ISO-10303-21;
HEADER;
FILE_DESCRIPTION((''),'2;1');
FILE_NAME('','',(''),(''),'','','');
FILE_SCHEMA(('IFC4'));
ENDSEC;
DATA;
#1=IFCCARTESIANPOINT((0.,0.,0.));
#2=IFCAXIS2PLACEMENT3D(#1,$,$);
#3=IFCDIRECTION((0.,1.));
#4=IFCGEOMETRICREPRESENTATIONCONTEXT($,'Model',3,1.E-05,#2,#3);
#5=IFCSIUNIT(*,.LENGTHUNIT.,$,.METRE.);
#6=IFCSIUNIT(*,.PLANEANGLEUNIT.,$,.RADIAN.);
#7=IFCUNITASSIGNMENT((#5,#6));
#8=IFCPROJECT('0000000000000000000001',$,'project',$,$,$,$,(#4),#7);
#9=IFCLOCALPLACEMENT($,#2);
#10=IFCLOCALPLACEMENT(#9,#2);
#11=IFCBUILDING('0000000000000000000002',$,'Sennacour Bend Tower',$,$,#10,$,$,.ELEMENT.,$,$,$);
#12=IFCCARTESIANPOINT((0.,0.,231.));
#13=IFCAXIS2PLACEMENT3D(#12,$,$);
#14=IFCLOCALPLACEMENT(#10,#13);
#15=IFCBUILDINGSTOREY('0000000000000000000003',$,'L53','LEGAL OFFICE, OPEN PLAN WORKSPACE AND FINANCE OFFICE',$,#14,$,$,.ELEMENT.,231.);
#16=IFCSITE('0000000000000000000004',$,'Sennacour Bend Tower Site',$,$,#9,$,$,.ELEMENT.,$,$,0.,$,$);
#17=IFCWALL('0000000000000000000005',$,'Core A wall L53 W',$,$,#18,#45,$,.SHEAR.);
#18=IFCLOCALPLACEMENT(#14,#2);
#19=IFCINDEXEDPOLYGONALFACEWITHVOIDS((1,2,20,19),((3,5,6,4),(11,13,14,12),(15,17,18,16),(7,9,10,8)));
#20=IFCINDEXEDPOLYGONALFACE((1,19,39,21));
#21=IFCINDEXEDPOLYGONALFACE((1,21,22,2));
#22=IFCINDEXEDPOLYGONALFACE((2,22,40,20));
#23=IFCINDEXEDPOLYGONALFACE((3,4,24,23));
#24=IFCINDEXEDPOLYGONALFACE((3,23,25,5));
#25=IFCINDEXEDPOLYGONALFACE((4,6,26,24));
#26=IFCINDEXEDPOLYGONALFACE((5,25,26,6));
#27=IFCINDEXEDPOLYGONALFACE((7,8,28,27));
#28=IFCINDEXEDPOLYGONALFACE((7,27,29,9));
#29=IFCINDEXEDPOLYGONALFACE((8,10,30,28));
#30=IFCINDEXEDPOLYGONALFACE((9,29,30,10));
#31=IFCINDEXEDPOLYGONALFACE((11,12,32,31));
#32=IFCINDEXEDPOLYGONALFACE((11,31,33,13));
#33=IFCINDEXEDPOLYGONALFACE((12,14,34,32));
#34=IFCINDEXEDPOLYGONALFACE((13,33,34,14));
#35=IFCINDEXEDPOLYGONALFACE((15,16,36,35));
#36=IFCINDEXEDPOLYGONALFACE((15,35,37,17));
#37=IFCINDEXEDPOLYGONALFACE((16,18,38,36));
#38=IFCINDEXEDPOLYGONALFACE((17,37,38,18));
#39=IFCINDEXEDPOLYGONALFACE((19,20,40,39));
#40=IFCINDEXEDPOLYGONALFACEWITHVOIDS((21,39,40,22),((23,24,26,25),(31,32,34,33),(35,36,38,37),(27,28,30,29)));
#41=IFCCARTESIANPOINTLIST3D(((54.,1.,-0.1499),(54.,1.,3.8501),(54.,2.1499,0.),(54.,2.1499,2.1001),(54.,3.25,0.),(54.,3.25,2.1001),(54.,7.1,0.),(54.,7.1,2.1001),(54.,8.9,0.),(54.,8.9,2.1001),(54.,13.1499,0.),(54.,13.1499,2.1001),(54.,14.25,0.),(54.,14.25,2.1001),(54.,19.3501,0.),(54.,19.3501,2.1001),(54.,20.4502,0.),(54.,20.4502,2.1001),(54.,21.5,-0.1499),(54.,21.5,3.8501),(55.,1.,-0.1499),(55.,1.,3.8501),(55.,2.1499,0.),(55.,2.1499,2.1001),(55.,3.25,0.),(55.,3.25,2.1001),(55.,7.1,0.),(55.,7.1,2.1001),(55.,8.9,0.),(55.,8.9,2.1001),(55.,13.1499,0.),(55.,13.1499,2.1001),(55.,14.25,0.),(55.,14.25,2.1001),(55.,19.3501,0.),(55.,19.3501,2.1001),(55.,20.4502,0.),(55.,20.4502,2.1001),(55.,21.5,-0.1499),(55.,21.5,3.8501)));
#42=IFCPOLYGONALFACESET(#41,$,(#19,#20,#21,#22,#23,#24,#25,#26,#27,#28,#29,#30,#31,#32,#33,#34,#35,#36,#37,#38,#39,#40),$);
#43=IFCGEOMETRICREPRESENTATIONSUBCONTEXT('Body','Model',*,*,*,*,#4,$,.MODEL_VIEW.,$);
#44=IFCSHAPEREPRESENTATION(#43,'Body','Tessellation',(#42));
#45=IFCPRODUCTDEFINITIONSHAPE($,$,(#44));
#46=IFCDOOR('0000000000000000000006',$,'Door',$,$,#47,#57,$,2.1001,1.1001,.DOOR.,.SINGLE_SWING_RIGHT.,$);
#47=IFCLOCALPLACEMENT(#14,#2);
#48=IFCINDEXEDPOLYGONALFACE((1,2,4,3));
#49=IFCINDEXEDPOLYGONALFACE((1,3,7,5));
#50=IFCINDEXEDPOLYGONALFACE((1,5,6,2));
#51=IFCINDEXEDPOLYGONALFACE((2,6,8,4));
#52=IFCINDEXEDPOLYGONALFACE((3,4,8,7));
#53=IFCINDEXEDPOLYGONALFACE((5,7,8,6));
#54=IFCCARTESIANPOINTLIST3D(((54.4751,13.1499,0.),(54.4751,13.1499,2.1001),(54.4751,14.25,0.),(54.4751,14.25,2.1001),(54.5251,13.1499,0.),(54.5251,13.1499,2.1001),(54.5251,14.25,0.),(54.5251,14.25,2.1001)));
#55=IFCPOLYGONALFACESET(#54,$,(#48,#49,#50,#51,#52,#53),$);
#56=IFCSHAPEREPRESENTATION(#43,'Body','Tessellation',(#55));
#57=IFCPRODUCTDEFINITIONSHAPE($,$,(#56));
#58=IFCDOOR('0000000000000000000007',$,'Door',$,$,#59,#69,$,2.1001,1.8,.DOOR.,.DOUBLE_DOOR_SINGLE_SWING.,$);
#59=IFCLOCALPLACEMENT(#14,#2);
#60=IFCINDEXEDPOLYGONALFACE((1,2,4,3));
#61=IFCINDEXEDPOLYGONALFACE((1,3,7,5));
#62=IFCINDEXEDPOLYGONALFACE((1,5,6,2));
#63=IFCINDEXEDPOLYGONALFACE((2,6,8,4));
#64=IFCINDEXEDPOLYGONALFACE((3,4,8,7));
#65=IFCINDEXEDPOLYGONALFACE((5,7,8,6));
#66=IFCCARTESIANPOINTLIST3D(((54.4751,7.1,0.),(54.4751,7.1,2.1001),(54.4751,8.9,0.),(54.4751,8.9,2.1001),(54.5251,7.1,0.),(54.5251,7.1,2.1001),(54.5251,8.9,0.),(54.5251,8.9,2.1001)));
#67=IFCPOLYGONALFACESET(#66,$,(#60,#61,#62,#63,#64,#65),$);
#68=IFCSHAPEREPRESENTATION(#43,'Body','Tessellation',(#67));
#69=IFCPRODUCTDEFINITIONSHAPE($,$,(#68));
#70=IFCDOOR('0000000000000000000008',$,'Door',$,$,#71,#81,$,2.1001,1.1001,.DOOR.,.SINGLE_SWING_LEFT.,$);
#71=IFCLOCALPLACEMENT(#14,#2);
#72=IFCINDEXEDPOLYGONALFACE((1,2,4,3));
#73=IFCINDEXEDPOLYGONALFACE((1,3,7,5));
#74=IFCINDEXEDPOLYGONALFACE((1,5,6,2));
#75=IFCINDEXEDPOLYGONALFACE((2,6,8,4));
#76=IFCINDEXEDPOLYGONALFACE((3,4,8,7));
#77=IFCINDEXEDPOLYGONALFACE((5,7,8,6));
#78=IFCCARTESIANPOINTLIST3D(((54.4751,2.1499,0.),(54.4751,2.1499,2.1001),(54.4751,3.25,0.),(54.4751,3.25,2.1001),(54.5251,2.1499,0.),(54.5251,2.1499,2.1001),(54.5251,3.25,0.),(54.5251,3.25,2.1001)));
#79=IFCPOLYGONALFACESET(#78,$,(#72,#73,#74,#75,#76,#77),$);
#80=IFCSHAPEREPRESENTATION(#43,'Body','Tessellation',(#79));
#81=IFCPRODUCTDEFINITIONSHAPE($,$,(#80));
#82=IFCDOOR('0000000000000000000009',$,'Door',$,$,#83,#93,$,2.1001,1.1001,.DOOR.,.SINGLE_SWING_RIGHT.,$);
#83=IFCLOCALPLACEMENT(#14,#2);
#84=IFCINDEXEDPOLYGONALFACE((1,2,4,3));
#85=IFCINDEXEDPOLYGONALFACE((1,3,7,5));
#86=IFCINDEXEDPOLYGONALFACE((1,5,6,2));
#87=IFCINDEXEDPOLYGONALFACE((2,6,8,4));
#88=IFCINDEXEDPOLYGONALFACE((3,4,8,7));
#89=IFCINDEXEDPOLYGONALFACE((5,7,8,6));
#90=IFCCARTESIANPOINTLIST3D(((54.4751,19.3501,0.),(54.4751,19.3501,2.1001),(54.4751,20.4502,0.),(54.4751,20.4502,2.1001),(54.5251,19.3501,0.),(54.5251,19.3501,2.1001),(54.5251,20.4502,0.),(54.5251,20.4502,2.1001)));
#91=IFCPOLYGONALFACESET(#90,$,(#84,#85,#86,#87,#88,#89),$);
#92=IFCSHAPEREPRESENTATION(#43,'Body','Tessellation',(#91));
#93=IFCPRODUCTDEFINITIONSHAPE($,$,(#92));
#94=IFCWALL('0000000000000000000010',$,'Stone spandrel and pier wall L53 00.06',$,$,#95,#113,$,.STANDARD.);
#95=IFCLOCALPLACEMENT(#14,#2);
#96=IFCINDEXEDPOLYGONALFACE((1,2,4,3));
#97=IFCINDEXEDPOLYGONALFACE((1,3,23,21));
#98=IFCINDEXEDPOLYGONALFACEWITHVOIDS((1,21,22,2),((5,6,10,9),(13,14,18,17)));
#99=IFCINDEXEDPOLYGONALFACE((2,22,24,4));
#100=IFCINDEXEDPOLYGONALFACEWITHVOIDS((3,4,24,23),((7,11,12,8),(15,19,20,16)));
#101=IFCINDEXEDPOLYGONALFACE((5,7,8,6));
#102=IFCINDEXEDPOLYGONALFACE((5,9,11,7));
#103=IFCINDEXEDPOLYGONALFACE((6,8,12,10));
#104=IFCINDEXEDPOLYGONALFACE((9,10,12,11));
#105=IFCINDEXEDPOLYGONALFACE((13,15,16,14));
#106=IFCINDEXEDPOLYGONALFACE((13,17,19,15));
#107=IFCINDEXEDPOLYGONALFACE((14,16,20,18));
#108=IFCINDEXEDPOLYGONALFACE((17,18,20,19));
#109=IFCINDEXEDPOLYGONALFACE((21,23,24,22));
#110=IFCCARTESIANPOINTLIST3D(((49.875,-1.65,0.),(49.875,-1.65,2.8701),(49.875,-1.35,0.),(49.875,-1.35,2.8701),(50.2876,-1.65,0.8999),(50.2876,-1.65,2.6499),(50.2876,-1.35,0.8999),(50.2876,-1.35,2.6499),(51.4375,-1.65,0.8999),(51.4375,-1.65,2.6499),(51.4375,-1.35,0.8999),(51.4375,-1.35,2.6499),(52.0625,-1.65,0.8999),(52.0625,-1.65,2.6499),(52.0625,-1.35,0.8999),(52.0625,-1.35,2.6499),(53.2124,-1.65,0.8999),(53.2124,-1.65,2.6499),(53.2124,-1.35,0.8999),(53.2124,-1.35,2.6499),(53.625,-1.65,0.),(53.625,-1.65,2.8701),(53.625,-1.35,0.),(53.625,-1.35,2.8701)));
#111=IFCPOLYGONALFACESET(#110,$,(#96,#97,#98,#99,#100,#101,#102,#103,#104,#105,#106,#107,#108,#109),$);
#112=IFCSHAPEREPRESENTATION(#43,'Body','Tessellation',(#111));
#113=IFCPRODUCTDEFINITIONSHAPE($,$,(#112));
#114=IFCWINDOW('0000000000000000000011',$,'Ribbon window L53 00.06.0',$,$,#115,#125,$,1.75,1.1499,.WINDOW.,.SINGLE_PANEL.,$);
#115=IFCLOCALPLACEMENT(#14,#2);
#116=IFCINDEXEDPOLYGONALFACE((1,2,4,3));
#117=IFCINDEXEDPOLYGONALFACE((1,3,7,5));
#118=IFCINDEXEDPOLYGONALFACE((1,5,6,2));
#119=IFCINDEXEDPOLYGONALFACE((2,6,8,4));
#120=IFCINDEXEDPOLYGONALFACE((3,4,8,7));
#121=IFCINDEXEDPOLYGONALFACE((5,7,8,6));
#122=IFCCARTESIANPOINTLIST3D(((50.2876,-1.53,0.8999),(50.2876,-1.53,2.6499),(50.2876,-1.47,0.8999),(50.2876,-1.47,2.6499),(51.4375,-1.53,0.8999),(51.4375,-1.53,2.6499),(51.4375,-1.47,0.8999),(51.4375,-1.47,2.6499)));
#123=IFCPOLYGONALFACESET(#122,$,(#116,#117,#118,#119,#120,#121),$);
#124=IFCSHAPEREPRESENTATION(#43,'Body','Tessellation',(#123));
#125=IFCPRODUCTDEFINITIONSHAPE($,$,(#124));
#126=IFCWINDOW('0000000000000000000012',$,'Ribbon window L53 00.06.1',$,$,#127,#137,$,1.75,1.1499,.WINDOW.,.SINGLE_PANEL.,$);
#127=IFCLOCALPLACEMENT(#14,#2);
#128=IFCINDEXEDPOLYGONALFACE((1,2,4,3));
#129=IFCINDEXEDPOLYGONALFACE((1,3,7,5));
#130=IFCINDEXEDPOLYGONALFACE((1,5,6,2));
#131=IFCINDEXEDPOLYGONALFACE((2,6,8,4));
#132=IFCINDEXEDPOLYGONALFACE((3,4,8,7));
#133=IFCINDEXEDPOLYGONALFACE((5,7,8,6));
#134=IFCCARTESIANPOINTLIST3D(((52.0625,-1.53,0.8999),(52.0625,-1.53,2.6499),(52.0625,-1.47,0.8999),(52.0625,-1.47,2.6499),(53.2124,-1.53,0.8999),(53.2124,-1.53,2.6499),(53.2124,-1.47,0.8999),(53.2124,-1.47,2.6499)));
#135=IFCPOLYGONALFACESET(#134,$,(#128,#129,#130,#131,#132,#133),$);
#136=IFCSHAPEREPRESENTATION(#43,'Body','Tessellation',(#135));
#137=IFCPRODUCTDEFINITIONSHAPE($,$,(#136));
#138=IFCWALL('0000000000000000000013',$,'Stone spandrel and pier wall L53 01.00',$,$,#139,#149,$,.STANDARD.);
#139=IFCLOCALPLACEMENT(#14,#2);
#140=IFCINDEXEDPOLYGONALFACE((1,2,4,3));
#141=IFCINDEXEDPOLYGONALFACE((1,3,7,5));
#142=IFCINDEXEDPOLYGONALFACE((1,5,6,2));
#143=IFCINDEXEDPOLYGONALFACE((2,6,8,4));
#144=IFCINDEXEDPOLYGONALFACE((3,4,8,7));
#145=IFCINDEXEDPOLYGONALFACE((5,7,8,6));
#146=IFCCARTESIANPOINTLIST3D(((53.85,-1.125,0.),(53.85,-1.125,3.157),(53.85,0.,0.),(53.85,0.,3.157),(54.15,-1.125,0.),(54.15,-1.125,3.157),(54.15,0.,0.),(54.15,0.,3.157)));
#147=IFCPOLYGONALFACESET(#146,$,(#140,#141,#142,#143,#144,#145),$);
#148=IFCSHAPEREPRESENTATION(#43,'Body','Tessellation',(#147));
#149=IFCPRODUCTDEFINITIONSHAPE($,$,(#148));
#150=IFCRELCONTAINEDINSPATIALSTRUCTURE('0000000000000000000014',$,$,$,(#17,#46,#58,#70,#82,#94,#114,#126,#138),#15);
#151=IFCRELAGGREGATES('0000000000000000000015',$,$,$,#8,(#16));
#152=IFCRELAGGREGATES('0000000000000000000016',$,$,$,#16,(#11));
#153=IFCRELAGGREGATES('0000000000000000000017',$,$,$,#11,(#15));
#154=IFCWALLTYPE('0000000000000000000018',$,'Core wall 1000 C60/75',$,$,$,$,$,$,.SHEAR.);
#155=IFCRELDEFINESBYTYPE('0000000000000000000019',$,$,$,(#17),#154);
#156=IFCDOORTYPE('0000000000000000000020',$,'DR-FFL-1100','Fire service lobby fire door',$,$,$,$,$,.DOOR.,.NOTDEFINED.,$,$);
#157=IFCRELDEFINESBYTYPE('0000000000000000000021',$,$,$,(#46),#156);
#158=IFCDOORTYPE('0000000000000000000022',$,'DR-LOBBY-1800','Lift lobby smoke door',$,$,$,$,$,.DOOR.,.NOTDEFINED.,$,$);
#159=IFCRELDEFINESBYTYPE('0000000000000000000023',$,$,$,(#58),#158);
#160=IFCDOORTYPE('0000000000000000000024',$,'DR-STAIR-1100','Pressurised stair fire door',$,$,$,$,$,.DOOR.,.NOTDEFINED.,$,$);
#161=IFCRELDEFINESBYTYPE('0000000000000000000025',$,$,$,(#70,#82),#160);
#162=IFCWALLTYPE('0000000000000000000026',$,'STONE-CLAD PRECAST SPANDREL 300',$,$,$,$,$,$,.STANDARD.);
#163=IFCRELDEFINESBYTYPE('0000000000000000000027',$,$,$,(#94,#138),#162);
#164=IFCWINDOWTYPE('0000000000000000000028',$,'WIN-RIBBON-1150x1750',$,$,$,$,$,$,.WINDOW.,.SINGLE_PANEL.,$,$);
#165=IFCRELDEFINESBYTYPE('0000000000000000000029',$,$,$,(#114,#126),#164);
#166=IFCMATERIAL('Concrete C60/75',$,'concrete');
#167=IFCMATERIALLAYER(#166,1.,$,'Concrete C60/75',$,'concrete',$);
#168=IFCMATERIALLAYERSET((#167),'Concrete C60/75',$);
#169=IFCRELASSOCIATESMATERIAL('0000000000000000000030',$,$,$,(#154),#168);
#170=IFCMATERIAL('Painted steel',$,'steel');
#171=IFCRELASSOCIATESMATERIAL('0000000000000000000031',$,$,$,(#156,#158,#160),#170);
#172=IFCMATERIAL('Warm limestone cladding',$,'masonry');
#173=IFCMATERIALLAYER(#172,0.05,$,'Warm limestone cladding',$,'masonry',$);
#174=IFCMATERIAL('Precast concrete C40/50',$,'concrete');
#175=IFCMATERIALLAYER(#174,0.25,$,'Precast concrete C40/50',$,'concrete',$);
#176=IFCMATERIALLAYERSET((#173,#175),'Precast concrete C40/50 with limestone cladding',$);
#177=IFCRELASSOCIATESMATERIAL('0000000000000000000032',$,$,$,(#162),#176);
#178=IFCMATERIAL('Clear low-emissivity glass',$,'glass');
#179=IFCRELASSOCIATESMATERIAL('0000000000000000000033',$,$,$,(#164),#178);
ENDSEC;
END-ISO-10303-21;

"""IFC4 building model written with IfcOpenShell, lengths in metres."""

from ifc_helpers import new_model, si_unit, direction, frame, frame_2d, origin, place, context, subcontext, project, spatial, rectangle, extrude, material, layer, layer_set, type_object, element, fill, save


model = new_model("IFC4")

# Units and contexts
model_context = context("Model", 3, precision=1e-05, world=origin(), true_north=direction((0.0, 1.0)))
body_context = subcontext(model_context, "Body", "Model", "MODEL_VIEW")
ifc_project = project(units=[si_unit("LENGTHUNIT", "METRE"), si_unit("PLANEANGLEUNIT", "RADIAN")], contexts=[model_context])

# Site, building, storey
site_placement = place(None, origin())
site = spatial("IfcSite", under=ifc_project, at=site_placement, Name="Sennacour Bend Tower Site", CompositionType="ELEMENT", RefElevation=0.0)
building_placement = place(site_placement, origin())
building = spatial("IfcBuilding", under=site, at=building_placement, Name="Sennacour Bend Tower", CompositionType="ELEMENT")
storey_placement = place(building_placement, frame((0.0, 0.0, 231.0)))
storey = spatial("IfcBuildingStorey", under=building, at=storey_placement, Name="L53", Description="LEGAL OFFICE, OPEN PLAN WORKSPACE AND FINANCE OFFICE", CompositionType="ELEMENT", Elevation=231.0)

# Wall, openings, doors
ifc_material_1 = material(Name="Concrete C60/75", Category="concrete")
ifc_layer_1 = layer(ifc_material_1, 1.0, Name="Concrete C60/75", Category="concrete")
ifc_layer_set_1 = layer_set([ifc_layer_1], Name="Concrete C60/75")
wall_type_1 = type_object("IfcWallType", Name="Core wall 1000 C60/75", PredefinedType="SHEAR", material=ifc_layer_set_1)
wall_1_placement = place(storey_placement, frame((54.5, 1.0, -0.1499), z_axis=(0.0, 0.0, 1.0), x_axis=(0.0, 1.0, 0.0)))
wall_1 = element("IfcWall", 1, at=wall_1_placement, inside=storey, type_object=wall_type_1, Name="Core A wall L53 W", PredefinedType="SHEAR", context=body_context, shape_type="SweptSolid", body=[
    extrude(rectangle(XDim=20.5, YDim=1.0, at=frame_2d((10.25, 0.0))), origin(), (0.0, 0.0, 1.0), 4.0),
])
opening_1_placement = place(wall_1_placement, frame((6.1001, 0.0, 0.1499)))
opening_1 = element("IfcOpeningElement", 2, at=opening_1_placement, cuts=wall_1, PredefinedType="OPENING", context=body_context, shape_type="SweptSolid", body=[
    extrude(rectangle(XDim=1.8, YDim=2.1001, at=frame_2d((0.8999, 1.05))), frame((0.0, 0.51, 0.0), z_axis=(0.0, -1.0, 0.0), x_axis=(1.0, 0.0, 0.0)), (0.0, 0.0, 1.0), 1.02),
])
opening_2_placement = place(wall_1_placement, frame((12.1499, 0.0, 0.1499)))
opening_2 = element("IfcOpeningElement", 3, at=opening_2_placement, cuts=wall_1, PredefinedType="OPENING", context=body_context, shape_type="SweptSolid", body=[
    extrude(rectangle(XDim=1.1001, YDim=2.1001, at=frame_2d((0.55, 1.05))), frame((0.0, 0.51, 0.0), z_axis=(0.0, -1.0, 0.0), x_axis=(1.0, 0.0, 0.0)), (0.0, 0.0, 1.0), 1.02),
])
opening_3_placement = place(wall_1_placement, frame((1.1499, 0.0, 0.1499)))
opening_3 = element("IfcOpeningElement", 4, at=opening_3_placement, cuts=wall_1, PredefinedType="OPENING", context=body_context, shape_type="SweptSolid", body=[
    extrude(rectangle(XDim=1.1001, YDim=2.1001, at=frame_2d((0.55, 1.05))), frame((0.0, 0.51, 0.0), z_axis=(0.0, -1.0, 0.0), x_axis=(1.0, 0.0, 0.0)), (0.0, 0.0, 1.0), 1.02),
])
opening_4_placement = place(wall_1_placement, frame((18.3501, 0.0, 0.1499)))
opening_4 = element("IfcOpeningElement", 5, at=opening_4_placement, cuts=wall_1, PredefinedType="OPENING", context=body_context, shape_type="SweptSolid", body=[
    extrude(rectangle(XDim=1.1001, YDim=2.1001, at=frame_2d((0.55, 1.05))), frame((0.0, 0.51, 0.0), z_axis=(0.0, -1.0, 0.0), x_axis=(1.0, 0.0, 0.0)), (0.0, 0.0, 1.0), 1.02),
])
ifc_material_2 = material(Name="Painted steel", Category="steel")
door_type_1 = type_object("IfcDoorType", Name="DR-FFL-1100", Description="Fire service lobby fire door", OperationType="NOTDEFINED", PredefinedType="DOOR", material=ifc_material_2)
door_1_placement = place(opening_2_placement, origin())
door_1 = element("IfcDoor", 6, at=door_1_placement, inside=storey, type_object=door_type_1, Name="Door", OperationType="SINGLE_SWING_RIGHT", OverallHeight=2.1001, OverallWidth=1.1001, PredefinedType="DOOR", context=body_context, shape_type="SweptSolid", body=[
    extrude(rectangle(XDim=1.1001, YDim=2.1001, at=frame_2d((0.55, 1.05))), frame((0.0, 0.0249, 0.0), z_axis=(0.0, -1.0, 0.0), x_axis=(1.0, 0.0, 0.0)), (0.0, 0.0, 1.0), 0.05),
])
fill(opening_2, door_1)
door_type_2 = type_object("IfcDoorType", Name="DR-LOBBY-1800", Description="Lift lobby smoke door", OperationType="NOTDEFINED", PredefinedType="DOOR", material=ifc_material_2)
door_2_placement = place(opening_1_placement, origin())
door_2 = element("IfcDoor", 7, at=door_2_placement, inside=storey, type_object=door_type_2, Name="Door", OperationType="DOUBLE_DOOR_SINGLE_SWING", OverallHeight=2.1001, OverallWidth=1.8, PredefinedType="DOOR", context=body_context, shape_type="SweptSolid", body=[
    extrude(rectangle(XDim=1.8, YDim=2.1001, at=frame_2d((0.8999, 1.05))), frame((0.0, 0.0249, 0.0), z_axis=(0.0, -1.0, 0.0), x_axis=(1.0, 0.0, 0.0)), (0.0, 0.0, 1.0), 0.05),
])
fill(opening_1, door_2)
door_type_3 = type_object("IfcDoorType", Name="DR-STAIR-1100", Description="Pressurised stair fire door", OperationType="NOTDEFINED", PredefinedType="DOOR", material=ifc_material_2)
door_3_placement = place(opening_3_placement, origin())
door_3 = element("IfcDoor", 8, at=door_3_placement, inside=storey, type_object=door_type_3, Name="Door", OperationType="SINGLE_SWING_LEFT", OverallHeight=2.1001, OverallWidth=1.1001, PredefinedType="DOOR", context=body_context, shape_type="SweptSolid", body=[
    extrude(rectangle(XDim=1.1001, YDim=2.1001, at=frame_2d((0.55, 1.05))), frame((0.0, 0.0249, 0.0), z_axis=(0.0, -1.0, 0.0), x_axis=(1.0, 0.0, 0.0)), (0.0, 0.0, 1.0), 0.05),
])
fill(opening_3, door_3)
door_4_placement = place(opening_4_placement, origin())
door_4 = element("IfcDoor", 9, at=door_4_placement, inside=storey, type_object=door_type_3, Name="Door", OperationType="SINGLE_SWING_RIGHT", OverallHeight=2.1001, OverallWidth=1.1001, PredefinedType="DOOR", context=body_context, shape_type="SweptSolid", body=[
    extrude(rectangle(XDim=1.1001, YDim=2.1001, at=frame_2d((0.55, 1.05))), frame((0.0, 0.0249, 0.0), z_axis=(0.0, -1.0, 0.0), x_axis=(1.0, 0.0, 0.0)), (0.0, 0.0, 1.0), 0.05),
])
fill(opening_4, door_4)

# Wall, openings, windows
ifc_material_3 = material(Name="Warm limestone cladding", Category="masonry")
ifc_layer_2 = layer(ifc_material_3, 0.05, Name="Warm limestone cladding", Category="masonry")
ifc_material_4 = material(Name="Precast concrete C40/50", Category="concrete")
ifc_layer_3 = layer(ifc_material_4, 0.25, Name="Precast concrete C40/50", Category="concrete")
ifc_layer_set_2 = layer_set([ifc_layer_2, ifc_layer_3], Name="Precast concrete C40/50 with limestone cladding")
wall_type_2 = type_object("IfcWallType", Name="STONE-CLAD PRECAST SPANDREL 300", PredefinedType="STANDARD", material=ifc_layer_set_2)
wall_2_placement = place(storey_placement, frame((49.875, -1.5, 0.0), z_axis=(0.0, 0.0, 1.0), x_axis=(1.0, 0.0, 0.0)))
wall_2 = element("IfcWall", 10, at=wall_2_placement, inside=storey, type_object=wall_type_2, Name="Stone spandrel and pier wall L53 00.06", PredefinedType="STANDARD", context=body_context, shape_type="SweptSolid", body=[
    extrude(rectangle(XDim=3.75, YDim=0.3, at=frame_2d((1.875, 0.0))), origin(), (0.0, 0.0, 1.0), 2.8701),
])
opening_5_placement = place(wall_2_placement, frame((0.4126, 0.0, 0.8999)))
opening_5 = element("IfcOpeningElement", 11, at=opening_5_placement, cuts=wall_2, PredefinedType="OPENING", context=body_context, shape_type="SweptSolid", body=[
    extrude(rectangle(XDim=1.1499, YDim=1.75, at=frame_2d((0.575, 0.875))), frame((0.0, 0.1602, 0.0), z_axis=(0.0, -1.0, 0.0), x_axis=(1.0, 0.0, 0.0)), (0.0, 0.0, 1.0), 0.3201),
])
opening_6_placement = place(wall_2_placement, frame((2.1875, 0.0, 0.8999)))
opening_6 = element("IfcOpeningElement", 12, at=opening_6_placement, cuts=wall_2, PredefinedType="OPENING", context=body_context, shape_type="SweptSolid", body=[
    extrude(rectangle(XDim=1.1499, YDim=1.75, at=frame_2d((0.575, 0.875))), frame((0.0, 0.1602, 0.0), z_axis=(0.0, -1.0, 0.0), x_axis=(1.0, 0.0, 0.0)), (0.0, 0.0, 1.0), 0.3201),
])
ifc_material_5 = material(Name="Clear low-emissivity glass", Category="glass")
window_type = type_object("IfcWindowType", Name="WIN-RIBBON-1150x1750", PartitioningType="SINGLE_PANEL", PredefinedType="WINDOW", material=ifc_material_5)
window_1_placement = place(opening_5_placement, origin())
window_1 = element("IfcWindow", 13, at=window_1_placement, inside=storey, type_object=window_type, Name="Ribbon window L53 00.06.0", OverallHeight=1.75, OverallWidth=1.1499, PartitioningType="SINGLE_PANEL", PredefinedType="WINDOW", context=body_context, shape_type="SweptSolid", body=[
    extrude(rectangle(XDim=1.1499, YDim=1.75, at=frame_2d((0.575, 0.875))), frame((0.0, 0.03, 0.0), z_axis=(0.0, -1.0, 0.0), x_axis=(1.0, 0.0, 0.0)), (0.0, 0.0, 1.0), 0.0601),
])
fill(opening_5, window_1)
window_2_placement = place(opening_6_placement, origin())
window_2 = element("IfcWindow", 14, at=window_2_placement, inside=storey, type_object=window_type, Name="Ribbon window L53 00.06.1", OverallHeight=1.75, OverallWidth=1.1499, PartitioningType="SINGLE_PANEL", PredefinedType="WINDOW", context=body_context, shape_type="SweptSolid", body=[
    extrude(rectangle(XDim=1.1499, YDim=1.75, at=frame_2d((0.575, 0.875))), frame((0.0, 0.03, 0.0), z_axis=(0.0, -1.0, 0.0), x_axis=(1.0, 0.0, 0.0)), (0.0, 0.0, 1.0), 0.0601),
])
fill(opening_6, window_2)

# Wall
wall_3_placement = place(storey_placement, frame((54.0, -1.125, 0.0), z_axis=(0.0, 0.0, 1.0), x_axis=(0.0, 1.0, 0.0)))
element("IfcWall", 15, at=wall_3_placement, inside=storey, type_object=wall_type_2, Name="Stone spandrel and pier wall L53 01.00", PredefinedType="STANDARD", context=body_context, shape_type="SweptSolid", body=[
    extrude(rectangle(XDim=1.125, YDim=0.3, at=frame_2d((0.5625, 0.0))), origin(), (0.0, 0.0, 1.0), 3.157),
])

save(model, "model.ifc")
